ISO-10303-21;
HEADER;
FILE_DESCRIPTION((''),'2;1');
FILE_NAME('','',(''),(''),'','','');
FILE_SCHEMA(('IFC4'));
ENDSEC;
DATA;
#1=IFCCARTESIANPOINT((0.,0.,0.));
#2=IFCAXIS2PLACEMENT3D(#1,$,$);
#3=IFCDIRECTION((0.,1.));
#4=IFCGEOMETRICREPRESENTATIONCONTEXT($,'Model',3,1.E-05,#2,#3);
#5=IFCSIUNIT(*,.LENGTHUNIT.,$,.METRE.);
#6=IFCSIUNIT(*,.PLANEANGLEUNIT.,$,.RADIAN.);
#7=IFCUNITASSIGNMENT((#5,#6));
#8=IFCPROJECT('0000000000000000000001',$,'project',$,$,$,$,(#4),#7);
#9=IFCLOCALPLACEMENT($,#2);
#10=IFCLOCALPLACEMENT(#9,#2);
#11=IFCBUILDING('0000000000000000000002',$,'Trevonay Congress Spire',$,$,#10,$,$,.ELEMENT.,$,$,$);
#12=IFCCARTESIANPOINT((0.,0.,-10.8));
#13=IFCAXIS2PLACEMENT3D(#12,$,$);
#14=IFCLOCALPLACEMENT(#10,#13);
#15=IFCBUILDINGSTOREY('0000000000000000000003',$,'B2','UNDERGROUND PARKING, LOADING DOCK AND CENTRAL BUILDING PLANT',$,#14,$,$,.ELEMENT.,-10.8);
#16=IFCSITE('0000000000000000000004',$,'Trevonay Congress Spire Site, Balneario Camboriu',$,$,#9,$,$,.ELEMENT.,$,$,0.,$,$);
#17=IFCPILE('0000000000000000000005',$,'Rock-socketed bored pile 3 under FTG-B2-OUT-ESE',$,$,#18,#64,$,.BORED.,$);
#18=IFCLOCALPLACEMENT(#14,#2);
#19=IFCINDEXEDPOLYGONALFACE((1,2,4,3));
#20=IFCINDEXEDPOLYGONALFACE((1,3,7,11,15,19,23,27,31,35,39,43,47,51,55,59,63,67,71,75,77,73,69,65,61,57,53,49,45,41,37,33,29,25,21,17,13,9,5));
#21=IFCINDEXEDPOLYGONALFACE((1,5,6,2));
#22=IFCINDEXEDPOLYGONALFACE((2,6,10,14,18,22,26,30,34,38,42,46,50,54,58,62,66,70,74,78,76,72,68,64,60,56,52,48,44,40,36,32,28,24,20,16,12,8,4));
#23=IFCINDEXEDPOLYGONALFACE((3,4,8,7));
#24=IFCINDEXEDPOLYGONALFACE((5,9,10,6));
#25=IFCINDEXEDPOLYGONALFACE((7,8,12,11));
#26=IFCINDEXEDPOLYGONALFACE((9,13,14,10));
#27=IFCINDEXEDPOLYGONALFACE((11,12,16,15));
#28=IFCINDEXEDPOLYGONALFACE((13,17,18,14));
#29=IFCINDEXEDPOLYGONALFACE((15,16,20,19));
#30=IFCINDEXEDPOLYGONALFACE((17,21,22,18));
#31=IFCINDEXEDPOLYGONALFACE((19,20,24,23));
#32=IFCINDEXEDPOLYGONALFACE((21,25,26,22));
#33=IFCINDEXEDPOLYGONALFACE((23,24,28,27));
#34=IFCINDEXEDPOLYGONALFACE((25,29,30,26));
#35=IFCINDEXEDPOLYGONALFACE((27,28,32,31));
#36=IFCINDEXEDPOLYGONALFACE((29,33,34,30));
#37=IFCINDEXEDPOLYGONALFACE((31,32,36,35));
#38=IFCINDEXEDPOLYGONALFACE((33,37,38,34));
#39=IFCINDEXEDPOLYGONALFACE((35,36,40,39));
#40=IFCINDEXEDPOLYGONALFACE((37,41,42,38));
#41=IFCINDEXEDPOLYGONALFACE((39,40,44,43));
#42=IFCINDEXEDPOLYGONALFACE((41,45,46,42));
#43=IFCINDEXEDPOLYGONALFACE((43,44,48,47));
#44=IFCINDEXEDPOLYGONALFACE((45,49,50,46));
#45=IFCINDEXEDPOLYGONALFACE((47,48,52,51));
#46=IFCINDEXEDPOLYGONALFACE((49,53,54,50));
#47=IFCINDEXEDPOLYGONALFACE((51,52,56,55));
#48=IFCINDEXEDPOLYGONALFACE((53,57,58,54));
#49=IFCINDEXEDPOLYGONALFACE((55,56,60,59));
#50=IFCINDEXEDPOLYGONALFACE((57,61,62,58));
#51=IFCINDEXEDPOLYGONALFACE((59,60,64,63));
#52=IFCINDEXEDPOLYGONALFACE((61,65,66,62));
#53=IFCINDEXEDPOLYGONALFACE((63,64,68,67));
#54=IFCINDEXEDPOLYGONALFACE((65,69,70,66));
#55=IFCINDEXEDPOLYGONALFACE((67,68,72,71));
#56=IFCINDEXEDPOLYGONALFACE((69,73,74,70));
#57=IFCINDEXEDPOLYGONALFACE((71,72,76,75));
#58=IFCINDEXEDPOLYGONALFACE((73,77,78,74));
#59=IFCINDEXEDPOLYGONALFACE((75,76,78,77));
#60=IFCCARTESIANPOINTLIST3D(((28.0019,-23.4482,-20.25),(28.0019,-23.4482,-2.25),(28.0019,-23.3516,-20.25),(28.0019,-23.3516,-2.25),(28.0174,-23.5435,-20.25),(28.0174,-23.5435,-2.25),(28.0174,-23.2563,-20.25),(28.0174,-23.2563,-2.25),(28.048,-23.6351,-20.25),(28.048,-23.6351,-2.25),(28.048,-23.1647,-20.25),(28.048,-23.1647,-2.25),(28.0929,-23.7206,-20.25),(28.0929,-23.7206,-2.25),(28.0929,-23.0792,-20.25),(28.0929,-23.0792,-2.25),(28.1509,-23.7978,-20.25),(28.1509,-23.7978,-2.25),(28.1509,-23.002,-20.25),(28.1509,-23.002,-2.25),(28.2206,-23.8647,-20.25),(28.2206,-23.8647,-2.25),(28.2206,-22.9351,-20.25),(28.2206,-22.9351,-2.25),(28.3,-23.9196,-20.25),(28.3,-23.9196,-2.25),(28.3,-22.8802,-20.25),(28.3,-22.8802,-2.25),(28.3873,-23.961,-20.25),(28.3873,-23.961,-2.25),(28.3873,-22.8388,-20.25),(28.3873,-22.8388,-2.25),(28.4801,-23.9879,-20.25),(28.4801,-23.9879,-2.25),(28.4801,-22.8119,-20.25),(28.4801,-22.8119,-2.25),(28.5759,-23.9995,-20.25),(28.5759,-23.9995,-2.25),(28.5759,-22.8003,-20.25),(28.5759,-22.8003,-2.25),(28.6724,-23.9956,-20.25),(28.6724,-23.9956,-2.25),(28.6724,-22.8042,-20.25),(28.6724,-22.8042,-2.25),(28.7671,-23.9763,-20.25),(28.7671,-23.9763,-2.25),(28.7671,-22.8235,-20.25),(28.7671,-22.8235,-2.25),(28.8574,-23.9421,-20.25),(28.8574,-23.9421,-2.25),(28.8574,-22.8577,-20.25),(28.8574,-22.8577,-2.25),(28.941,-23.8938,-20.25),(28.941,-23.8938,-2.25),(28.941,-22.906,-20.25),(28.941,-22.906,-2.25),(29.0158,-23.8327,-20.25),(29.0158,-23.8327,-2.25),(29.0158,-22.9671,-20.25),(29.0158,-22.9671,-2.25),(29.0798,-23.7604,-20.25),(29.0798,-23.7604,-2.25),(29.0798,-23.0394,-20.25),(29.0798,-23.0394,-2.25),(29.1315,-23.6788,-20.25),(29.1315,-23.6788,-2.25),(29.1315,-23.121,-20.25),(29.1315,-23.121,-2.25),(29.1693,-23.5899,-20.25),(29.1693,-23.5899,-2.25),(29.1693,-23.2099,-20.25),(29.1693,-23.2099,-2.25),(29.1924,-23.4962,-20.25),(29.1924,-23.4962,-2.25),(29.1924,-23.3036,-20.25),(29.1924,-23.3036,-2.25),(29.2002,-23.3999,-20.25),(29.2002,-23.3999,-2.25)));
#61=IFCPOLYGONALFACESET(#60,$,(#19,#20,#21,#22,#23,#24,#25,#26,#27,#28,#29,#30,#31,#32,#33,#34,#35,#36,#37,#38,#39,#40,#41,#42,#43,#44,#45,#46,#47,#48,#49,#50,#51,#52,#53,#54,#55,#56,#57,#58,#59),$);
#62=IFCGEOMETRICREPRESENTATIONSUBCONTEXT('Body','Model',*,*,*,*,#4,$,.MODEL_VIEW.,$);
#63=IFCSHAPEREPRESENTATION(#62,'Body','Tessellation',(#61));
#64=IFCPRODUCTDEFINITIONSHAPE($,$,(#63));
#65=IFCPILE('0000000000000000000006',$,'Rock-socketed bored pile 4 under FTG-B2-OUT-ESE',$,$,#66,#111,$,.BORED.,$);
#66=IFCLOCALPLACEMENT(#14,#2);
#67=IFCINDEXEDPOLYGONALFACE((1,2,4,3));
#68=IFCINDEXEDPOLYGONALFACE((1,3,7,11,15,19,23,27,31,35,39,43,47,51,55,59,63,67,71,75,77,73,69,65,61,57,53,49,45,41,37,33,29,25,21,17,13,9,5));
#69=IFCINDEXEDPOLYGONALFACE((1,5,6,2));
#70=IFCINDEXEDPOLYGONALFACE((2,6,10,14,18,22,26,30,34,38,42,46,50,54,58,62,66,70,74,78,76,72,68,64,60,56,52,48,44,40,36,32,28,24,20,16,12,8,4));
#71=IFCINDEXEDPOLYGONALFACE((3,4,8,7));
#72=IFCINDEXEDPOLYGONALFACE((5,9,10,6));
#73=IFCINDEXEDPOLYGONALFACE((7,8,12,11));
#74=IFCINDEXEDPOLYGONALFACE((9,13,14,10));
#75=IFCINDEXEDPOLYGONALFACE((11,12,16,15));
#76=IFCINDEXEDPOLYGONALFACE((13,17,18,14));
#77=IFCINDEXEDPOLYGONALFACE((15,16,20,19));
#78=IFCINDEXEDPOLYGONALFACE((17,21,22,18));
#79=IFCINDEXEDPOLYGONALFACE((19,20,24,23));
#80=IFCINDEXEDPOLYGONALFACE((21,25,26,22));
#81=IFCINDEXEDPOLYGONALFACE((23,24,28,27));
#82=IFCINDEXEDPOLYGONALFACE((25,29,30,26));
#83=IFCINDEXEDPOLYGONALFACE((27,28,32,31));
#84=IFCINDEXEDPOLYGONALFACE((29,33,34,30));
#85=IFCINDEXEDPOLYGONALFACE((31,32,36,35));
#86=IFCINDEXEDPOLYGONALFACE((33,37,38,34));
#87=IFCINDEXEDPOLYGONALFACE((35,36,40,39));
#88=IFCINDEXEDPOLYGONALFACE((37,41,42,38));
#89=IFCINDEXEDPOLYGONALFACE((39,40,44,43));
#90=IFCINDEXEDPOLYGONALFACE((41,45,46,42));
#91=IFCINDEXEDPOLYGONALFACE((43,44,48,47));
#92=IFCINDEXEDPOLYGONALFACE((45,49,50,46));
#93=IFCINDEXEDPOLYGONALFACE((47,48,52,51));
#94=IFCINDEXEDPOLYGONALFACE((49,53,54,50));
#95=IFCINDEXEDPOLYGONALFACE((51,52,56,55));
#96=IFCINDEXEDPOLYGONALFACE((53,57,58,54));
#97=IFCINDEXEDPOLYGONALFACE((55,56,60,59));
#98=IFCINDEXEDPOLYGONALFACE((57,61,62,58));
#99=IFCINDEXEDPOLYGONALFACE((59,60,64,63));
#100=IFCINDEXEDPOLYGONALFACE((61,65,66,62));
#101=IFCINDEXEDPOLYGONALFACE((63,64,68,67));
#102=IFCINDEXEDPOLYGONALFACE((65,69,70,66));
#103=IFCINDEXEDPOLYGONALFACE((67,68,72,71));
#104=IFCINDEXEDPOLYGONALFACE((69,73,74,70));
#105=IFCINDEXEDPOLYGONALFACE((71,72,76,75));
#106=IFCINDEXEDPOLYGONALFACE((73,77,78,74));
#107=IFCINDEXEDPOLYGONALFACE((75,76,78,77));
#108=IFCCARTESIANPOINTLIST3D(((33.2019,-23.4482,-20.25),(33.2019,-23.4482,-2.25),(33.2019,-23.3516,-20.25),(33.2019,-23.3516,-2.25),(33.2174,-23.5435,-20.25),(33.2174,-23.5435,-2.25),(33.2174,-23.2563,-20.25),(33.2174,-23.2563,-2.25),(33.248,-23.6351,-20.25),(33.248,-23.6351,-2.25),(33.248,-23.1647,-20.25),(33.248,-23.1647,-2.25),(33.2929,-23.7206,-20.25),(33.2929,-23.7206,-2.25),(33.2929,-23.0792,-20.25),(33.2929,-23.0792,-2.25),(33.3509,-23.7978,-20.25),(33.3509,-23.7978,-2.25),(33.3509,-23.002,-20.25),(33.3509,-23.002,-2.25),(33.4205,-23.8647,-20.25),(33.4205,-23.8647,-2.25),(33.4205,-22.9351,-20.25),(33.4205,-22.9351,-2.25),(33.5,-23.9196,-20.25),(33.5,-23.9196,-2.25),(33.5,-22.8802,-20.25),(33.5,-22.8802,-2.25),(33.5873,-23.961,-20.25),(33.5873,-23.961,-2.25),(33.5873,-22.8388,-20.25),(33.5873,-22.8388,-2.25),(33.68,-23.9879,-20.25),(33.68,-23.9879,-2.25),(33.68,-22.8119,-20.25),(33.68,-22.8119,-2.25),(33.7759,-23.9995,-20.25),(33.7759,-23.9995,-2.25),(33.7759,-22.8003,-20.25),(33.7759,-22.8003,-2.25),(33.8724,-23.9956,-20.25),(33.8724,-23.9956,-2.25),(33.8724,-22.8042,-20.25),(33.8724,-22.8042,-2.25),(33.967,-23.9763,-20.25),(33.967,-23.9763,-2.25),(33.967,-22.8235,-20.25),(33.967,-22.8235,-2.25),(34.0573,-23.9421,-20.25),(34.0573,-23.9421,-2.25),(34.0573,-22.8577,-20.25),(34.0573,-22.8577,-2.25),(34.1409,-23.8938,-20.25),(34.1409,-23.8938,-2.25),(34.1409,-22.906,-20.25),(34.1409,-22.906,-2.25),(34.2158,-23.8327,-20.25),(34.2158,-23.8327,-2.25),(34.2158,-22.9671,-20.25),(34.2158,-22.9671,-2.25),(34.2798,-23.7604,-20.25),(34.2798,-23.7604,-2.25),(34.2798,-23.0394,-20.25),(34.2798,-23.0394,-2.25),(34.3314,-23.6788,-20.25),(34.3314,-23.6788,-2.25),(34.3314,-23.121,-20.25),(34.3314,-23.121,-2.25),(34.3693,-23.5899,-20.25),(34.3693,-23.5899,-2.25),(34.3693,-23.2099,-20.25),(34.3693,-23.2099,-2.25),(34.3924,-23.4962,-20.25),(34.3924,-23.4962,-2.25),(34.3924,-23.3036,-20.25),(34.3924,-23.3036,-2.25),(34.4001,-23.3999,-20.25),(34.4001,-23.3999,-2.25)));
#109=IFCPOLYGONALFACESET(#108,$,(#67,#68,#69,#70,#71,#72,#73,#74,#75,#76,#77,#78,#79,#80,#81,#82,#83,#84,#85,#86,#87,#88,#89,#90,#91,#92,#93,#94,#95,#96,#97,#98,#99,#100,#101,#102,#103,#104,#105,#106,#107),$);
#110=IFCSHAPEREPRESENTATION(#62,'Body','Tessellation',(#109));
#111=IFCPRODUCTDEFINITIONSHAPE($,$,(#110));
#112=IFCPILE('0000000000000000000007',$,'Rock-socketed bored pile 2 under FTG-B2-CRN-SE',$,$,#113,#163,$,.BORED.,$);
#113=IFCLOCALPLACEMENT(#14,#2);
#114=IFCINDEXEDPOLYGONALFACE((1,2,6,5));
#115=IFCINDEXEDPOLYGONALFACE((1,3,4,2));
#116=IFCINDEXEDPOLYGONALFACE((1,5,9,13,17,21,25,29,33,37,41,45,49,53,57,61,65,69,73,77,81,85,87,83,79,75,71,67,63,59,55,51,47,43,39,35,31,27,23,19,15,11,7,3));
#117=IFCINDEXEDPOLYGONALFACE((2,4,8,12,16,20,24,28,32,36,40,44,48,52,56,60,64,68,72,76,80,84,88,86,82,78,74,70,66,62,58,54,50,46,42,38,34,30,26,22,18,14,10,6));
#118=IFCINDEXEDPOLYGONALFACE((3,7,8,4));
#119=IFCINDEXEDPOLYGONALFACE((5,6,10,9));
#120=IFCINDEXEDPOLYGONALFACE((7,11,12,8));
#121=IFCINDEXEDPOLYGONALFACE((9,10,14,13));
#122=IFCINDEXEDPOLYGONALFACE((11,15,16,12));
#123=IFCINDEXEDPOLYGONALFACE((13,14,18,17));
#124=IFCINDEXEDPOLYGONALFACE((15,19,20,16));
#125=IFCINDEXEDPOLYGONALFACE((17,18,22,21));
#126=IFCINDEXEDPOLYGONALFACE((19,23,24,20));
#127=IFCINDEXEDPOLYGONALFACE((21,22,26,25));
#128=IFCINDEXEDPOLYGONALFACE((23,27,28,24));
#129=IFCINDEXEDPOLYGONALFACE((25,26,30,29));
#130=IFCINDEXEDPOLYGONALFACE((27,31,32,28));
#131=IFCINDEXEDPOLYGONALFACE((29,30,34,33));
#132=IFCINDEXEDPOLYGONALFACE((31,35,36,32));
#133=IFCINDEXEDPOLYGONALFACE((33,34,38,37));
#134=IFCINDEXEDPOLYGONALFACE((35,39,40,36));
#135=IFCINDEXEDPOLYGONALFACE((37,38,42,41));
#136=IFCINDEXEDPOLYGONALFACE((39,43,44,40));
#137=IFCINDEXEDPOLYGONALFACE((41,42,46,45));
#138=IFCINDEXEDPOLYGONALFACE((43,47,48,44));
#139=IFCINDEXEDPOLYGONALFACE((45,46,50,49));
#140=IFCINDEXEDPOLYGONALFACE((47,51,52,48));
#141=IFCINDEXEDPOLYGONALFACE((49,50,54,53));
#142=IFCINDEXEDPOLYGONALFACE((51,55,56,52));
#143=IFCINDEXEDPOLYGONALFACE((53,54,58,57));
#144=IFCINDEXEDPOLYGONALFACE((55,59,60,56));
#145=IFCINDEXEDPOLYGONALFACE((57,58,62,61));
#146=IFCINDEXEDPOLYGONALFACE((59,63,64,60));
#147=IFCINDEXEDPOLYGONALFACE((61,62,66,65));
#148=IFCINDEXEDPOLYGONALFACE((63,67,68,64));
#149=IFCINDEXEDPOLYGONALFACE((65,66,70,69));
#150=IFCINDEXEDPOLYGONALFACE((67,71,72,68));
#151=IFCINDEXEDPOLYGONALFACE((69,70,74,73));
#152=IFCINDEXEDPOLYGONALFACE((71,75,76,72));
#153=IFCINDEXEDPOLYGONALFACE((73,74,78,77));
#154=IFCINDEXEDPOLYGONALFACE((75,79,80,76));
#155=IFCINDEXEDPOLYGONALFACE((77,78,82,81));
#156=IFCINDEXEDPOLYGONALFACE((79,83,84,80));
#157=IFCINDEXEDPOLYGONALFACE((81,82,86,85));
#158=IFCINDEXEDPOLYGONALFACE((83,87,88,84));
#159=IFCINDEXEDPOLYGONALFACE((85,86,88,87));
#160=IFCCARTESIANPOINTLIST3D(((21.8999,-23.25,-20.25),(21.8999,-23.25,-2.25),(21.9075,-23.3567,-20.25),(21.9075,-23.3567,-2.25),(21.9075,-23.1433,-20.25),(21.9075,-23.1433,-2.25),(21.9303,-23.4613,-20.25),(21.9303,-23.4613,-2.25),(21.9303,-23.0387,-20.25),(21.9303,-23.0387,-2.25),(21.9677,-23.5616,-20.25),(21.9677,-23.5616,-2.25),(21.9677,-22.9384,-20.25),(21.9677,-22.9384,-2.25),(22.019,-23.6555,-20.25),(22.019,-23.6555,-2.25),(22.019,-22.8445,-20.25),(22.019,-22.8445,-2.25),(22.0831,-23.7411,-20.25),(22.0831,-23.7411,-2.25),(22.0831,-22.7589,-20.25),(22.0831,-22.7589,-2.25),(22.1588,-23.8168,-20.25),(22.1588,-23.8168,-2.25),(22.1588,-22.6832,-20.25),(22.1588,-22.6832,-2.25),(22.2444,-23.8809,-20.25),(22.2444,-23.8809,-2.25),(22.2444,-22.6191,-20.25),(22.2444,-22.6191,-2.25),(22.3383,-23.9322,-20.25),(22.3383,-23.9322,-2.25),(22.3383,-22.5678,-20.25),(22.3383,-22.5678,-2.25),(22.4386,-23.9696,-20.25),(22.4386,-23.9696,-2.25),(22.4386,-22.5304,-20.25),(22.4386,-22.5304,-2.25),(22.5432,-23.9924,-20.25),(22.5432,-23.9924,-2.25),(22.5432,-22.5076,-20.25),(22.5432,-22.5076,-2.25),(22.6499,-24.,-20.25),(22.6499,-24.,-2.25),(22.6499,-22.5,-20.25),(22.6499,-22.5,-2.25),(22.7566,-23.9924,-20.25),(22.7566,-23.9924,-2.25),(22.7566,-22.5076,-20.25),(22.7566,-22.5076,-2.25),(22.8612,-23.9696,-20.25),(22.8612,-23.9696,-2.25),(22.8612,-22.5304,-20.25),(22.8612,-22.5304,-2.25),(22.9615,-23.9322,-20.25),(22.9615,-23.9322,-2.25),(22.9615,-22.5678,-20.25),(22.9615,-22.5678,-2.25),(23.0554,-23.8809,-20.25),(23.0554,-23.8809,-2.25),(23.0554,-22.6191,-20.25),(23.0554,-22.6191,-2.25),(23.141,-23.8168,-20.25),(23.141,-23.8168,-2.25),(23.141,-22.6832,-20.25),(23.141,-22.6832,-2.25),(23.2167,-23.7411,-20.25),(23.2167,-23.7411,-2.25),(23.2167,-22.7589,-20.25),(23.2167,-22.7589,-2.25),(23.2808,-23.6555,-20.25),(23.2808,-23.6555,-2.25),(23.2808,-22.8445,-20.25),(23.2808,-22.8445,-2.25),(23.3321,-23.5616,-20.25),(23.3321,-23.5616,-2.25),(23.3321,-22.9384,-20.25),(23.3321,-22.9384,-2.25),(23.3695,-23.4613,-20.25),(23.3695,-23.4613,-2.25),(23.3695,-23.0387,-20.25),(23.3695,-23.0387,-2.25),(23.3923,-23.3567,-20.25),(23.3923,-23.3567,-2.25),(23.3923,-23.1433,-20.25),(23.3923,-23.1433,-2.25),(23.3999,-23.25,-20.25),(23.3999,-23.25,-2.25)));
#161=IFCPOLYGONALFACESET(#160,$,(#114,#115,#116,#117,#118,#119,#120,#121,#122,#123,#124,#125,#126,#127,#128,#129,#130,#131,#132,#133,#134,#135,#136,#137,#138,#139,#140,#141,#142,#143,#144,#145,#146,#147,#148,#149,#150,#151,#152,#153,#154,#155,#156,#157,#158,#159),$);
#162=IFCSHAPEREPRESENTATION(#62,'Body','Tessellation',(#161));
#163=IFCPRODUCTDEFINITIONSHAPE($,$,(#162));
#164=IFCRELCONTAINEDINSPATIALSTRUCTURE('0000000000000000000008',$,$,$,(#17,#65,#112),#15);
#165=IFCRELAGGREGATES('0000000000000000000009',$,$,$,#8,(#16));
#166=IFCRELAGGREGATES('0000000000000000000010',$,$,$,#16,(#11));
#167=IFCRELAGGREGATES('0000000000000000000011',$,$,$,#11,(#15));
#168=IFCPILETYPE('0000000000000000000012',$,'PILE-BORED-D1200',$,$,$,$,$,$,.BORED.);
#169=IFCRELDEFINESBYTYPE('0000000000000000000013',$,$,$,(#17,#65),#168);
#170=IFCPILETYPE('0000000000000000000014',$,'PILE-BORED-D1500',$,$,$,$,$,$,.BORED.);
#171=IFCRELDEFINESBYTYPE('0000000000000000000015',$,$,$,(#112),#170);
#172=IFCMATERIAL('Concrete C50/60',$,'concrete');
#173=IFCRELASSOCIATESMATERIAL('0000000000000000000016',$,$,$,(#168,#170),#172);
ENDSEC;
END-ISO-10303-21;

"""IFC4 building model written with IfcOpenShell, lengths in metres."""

from ifc_helpers import new_model, si_unit, direction, frame, origin, origin_2d, place, context, subcontext, project, spatial, circle, extrude, material, material_profile, profile_set, type_object, element, save


model = new_model("IFC4")

# Units and contexts
model_context = context("Model", 3, precision=1e-05, world=origin(), true_north=direction((0.0, 1.0)))
body_context = subcontext(model_context, "Body", "Model", "MODEL_VIEW")
ifc_project = project(units=[si_unit("LENGTHUNIT", "METRE"), si_unit("PLANEANGLEUNIT", "RADIAN")], contexts=[model_context])

# Site, building, storey
site_placement = place(None, origin())
site = spatial("IfcSite", under=ifc_project, at=site_placement, Name="Trevonay Congress Spire Site, Balneario Camboriu", CompositionType="ELEMENT", RefElevation=0.0)
building_placement = place(site_placement, origin())
building = spatial("IfcBuilding", under=site, at=building_placement, Name="Trevonay Congress Spire", CompositionType="ELEMENT")
storey_placement = place(building_placement, frame((0.0, 0.0, -10.8)))
storey = spatial("IfcBuildingStorey", under=building, at=storey_placement, Name="B2", Description="UNDERGROUND PARKING, LOADING DOCK AND CENTRAL BUILDING PLANT", CompositionType="ELEMENT", Elevation=-10.8)

# Shared definitions
ifc_material_1 = material(Name="Concrete C50/60", Category="concrete")

# Piles
ifc_material_profile_1 = material_profile(ifc_material_1, circle(Radius=0.6001, at=origin_2d()), Name="PILE D1200")
ifc_profile_set_1 = profile_set([ifc_material_profile_1], Name="Concrete C50/60")
pile_type_1 = type_object("IfcPileType", Name="PILE-BORED-D1200", PredefinedType="BORED", material=ifc_profile_set_1)
for number, where, z_axis, x_axis, name in (
    (1, (28.6001, -23.3999, -2.25), (0.0, 0.0, -1.0), (1.0, 0.0, 0.0), "Rock-socketed bored pile 3 under FTG-B2-OUT-ESE"),
    (2, (33.8, -23.3999, -2.25), (0.0, 0.0, -1.0), (1.0, 0.0, 0.0), "Rock-socketed bored pile 4 under FTG-B2-OUT-ESE"),
):
    element("IfcPile", number, at=place(storey_placement, frame(where, z_axis=z_axis, x_axis=x_axis)), inside=storey, type_object=pile_type_1, Name=name, PredefinedType="BORED", context=body_context, shape_type="SweptSolid", body=[
        extrude(circle(Radius=0.6001, at=origin_2d()), origin(), (0.0, 0.0, 1.0), 18.0),
    ])
ifc_material_profile_2 = material_profile(ifc_material_1, circle(Radius=0.75, at=origin_2d()), Name="PILE D1500")
ifc_profile_set_2 = profile_set([ifc_material_profile_2], Name="Concrete C50/60")
pile_type_2 = type_object("IfcPileType", Name="PILE-BORED-D1500", PredefinedType="BORED", material=ifc_profile_set_2)
for number, where, z_axis, x_axis, name in (
    (3, (22.6499, -23.25, -2.25), (0.0, 0.0, -1.0), (1.0, 0.0, 0.0), "Rock-socketed bored pile 2 under FTG-B2-CRN-SE"),
):
    element("IfcPile", number, at=place(storey_placement, frame(where, z_axis=z_axis, x_axis=x_axis)), inside=storey, type_object=pile_type_2, Name=name, PredefinedType="BORED", context=body_context, shape_type="SweptSolid", body=[
        extrude(circle(Radius=0.75, at=origin_2d()), origin(), (0.0, 0.0, 1.0), 18.0),
    ])

save(model, "model.ifc")
